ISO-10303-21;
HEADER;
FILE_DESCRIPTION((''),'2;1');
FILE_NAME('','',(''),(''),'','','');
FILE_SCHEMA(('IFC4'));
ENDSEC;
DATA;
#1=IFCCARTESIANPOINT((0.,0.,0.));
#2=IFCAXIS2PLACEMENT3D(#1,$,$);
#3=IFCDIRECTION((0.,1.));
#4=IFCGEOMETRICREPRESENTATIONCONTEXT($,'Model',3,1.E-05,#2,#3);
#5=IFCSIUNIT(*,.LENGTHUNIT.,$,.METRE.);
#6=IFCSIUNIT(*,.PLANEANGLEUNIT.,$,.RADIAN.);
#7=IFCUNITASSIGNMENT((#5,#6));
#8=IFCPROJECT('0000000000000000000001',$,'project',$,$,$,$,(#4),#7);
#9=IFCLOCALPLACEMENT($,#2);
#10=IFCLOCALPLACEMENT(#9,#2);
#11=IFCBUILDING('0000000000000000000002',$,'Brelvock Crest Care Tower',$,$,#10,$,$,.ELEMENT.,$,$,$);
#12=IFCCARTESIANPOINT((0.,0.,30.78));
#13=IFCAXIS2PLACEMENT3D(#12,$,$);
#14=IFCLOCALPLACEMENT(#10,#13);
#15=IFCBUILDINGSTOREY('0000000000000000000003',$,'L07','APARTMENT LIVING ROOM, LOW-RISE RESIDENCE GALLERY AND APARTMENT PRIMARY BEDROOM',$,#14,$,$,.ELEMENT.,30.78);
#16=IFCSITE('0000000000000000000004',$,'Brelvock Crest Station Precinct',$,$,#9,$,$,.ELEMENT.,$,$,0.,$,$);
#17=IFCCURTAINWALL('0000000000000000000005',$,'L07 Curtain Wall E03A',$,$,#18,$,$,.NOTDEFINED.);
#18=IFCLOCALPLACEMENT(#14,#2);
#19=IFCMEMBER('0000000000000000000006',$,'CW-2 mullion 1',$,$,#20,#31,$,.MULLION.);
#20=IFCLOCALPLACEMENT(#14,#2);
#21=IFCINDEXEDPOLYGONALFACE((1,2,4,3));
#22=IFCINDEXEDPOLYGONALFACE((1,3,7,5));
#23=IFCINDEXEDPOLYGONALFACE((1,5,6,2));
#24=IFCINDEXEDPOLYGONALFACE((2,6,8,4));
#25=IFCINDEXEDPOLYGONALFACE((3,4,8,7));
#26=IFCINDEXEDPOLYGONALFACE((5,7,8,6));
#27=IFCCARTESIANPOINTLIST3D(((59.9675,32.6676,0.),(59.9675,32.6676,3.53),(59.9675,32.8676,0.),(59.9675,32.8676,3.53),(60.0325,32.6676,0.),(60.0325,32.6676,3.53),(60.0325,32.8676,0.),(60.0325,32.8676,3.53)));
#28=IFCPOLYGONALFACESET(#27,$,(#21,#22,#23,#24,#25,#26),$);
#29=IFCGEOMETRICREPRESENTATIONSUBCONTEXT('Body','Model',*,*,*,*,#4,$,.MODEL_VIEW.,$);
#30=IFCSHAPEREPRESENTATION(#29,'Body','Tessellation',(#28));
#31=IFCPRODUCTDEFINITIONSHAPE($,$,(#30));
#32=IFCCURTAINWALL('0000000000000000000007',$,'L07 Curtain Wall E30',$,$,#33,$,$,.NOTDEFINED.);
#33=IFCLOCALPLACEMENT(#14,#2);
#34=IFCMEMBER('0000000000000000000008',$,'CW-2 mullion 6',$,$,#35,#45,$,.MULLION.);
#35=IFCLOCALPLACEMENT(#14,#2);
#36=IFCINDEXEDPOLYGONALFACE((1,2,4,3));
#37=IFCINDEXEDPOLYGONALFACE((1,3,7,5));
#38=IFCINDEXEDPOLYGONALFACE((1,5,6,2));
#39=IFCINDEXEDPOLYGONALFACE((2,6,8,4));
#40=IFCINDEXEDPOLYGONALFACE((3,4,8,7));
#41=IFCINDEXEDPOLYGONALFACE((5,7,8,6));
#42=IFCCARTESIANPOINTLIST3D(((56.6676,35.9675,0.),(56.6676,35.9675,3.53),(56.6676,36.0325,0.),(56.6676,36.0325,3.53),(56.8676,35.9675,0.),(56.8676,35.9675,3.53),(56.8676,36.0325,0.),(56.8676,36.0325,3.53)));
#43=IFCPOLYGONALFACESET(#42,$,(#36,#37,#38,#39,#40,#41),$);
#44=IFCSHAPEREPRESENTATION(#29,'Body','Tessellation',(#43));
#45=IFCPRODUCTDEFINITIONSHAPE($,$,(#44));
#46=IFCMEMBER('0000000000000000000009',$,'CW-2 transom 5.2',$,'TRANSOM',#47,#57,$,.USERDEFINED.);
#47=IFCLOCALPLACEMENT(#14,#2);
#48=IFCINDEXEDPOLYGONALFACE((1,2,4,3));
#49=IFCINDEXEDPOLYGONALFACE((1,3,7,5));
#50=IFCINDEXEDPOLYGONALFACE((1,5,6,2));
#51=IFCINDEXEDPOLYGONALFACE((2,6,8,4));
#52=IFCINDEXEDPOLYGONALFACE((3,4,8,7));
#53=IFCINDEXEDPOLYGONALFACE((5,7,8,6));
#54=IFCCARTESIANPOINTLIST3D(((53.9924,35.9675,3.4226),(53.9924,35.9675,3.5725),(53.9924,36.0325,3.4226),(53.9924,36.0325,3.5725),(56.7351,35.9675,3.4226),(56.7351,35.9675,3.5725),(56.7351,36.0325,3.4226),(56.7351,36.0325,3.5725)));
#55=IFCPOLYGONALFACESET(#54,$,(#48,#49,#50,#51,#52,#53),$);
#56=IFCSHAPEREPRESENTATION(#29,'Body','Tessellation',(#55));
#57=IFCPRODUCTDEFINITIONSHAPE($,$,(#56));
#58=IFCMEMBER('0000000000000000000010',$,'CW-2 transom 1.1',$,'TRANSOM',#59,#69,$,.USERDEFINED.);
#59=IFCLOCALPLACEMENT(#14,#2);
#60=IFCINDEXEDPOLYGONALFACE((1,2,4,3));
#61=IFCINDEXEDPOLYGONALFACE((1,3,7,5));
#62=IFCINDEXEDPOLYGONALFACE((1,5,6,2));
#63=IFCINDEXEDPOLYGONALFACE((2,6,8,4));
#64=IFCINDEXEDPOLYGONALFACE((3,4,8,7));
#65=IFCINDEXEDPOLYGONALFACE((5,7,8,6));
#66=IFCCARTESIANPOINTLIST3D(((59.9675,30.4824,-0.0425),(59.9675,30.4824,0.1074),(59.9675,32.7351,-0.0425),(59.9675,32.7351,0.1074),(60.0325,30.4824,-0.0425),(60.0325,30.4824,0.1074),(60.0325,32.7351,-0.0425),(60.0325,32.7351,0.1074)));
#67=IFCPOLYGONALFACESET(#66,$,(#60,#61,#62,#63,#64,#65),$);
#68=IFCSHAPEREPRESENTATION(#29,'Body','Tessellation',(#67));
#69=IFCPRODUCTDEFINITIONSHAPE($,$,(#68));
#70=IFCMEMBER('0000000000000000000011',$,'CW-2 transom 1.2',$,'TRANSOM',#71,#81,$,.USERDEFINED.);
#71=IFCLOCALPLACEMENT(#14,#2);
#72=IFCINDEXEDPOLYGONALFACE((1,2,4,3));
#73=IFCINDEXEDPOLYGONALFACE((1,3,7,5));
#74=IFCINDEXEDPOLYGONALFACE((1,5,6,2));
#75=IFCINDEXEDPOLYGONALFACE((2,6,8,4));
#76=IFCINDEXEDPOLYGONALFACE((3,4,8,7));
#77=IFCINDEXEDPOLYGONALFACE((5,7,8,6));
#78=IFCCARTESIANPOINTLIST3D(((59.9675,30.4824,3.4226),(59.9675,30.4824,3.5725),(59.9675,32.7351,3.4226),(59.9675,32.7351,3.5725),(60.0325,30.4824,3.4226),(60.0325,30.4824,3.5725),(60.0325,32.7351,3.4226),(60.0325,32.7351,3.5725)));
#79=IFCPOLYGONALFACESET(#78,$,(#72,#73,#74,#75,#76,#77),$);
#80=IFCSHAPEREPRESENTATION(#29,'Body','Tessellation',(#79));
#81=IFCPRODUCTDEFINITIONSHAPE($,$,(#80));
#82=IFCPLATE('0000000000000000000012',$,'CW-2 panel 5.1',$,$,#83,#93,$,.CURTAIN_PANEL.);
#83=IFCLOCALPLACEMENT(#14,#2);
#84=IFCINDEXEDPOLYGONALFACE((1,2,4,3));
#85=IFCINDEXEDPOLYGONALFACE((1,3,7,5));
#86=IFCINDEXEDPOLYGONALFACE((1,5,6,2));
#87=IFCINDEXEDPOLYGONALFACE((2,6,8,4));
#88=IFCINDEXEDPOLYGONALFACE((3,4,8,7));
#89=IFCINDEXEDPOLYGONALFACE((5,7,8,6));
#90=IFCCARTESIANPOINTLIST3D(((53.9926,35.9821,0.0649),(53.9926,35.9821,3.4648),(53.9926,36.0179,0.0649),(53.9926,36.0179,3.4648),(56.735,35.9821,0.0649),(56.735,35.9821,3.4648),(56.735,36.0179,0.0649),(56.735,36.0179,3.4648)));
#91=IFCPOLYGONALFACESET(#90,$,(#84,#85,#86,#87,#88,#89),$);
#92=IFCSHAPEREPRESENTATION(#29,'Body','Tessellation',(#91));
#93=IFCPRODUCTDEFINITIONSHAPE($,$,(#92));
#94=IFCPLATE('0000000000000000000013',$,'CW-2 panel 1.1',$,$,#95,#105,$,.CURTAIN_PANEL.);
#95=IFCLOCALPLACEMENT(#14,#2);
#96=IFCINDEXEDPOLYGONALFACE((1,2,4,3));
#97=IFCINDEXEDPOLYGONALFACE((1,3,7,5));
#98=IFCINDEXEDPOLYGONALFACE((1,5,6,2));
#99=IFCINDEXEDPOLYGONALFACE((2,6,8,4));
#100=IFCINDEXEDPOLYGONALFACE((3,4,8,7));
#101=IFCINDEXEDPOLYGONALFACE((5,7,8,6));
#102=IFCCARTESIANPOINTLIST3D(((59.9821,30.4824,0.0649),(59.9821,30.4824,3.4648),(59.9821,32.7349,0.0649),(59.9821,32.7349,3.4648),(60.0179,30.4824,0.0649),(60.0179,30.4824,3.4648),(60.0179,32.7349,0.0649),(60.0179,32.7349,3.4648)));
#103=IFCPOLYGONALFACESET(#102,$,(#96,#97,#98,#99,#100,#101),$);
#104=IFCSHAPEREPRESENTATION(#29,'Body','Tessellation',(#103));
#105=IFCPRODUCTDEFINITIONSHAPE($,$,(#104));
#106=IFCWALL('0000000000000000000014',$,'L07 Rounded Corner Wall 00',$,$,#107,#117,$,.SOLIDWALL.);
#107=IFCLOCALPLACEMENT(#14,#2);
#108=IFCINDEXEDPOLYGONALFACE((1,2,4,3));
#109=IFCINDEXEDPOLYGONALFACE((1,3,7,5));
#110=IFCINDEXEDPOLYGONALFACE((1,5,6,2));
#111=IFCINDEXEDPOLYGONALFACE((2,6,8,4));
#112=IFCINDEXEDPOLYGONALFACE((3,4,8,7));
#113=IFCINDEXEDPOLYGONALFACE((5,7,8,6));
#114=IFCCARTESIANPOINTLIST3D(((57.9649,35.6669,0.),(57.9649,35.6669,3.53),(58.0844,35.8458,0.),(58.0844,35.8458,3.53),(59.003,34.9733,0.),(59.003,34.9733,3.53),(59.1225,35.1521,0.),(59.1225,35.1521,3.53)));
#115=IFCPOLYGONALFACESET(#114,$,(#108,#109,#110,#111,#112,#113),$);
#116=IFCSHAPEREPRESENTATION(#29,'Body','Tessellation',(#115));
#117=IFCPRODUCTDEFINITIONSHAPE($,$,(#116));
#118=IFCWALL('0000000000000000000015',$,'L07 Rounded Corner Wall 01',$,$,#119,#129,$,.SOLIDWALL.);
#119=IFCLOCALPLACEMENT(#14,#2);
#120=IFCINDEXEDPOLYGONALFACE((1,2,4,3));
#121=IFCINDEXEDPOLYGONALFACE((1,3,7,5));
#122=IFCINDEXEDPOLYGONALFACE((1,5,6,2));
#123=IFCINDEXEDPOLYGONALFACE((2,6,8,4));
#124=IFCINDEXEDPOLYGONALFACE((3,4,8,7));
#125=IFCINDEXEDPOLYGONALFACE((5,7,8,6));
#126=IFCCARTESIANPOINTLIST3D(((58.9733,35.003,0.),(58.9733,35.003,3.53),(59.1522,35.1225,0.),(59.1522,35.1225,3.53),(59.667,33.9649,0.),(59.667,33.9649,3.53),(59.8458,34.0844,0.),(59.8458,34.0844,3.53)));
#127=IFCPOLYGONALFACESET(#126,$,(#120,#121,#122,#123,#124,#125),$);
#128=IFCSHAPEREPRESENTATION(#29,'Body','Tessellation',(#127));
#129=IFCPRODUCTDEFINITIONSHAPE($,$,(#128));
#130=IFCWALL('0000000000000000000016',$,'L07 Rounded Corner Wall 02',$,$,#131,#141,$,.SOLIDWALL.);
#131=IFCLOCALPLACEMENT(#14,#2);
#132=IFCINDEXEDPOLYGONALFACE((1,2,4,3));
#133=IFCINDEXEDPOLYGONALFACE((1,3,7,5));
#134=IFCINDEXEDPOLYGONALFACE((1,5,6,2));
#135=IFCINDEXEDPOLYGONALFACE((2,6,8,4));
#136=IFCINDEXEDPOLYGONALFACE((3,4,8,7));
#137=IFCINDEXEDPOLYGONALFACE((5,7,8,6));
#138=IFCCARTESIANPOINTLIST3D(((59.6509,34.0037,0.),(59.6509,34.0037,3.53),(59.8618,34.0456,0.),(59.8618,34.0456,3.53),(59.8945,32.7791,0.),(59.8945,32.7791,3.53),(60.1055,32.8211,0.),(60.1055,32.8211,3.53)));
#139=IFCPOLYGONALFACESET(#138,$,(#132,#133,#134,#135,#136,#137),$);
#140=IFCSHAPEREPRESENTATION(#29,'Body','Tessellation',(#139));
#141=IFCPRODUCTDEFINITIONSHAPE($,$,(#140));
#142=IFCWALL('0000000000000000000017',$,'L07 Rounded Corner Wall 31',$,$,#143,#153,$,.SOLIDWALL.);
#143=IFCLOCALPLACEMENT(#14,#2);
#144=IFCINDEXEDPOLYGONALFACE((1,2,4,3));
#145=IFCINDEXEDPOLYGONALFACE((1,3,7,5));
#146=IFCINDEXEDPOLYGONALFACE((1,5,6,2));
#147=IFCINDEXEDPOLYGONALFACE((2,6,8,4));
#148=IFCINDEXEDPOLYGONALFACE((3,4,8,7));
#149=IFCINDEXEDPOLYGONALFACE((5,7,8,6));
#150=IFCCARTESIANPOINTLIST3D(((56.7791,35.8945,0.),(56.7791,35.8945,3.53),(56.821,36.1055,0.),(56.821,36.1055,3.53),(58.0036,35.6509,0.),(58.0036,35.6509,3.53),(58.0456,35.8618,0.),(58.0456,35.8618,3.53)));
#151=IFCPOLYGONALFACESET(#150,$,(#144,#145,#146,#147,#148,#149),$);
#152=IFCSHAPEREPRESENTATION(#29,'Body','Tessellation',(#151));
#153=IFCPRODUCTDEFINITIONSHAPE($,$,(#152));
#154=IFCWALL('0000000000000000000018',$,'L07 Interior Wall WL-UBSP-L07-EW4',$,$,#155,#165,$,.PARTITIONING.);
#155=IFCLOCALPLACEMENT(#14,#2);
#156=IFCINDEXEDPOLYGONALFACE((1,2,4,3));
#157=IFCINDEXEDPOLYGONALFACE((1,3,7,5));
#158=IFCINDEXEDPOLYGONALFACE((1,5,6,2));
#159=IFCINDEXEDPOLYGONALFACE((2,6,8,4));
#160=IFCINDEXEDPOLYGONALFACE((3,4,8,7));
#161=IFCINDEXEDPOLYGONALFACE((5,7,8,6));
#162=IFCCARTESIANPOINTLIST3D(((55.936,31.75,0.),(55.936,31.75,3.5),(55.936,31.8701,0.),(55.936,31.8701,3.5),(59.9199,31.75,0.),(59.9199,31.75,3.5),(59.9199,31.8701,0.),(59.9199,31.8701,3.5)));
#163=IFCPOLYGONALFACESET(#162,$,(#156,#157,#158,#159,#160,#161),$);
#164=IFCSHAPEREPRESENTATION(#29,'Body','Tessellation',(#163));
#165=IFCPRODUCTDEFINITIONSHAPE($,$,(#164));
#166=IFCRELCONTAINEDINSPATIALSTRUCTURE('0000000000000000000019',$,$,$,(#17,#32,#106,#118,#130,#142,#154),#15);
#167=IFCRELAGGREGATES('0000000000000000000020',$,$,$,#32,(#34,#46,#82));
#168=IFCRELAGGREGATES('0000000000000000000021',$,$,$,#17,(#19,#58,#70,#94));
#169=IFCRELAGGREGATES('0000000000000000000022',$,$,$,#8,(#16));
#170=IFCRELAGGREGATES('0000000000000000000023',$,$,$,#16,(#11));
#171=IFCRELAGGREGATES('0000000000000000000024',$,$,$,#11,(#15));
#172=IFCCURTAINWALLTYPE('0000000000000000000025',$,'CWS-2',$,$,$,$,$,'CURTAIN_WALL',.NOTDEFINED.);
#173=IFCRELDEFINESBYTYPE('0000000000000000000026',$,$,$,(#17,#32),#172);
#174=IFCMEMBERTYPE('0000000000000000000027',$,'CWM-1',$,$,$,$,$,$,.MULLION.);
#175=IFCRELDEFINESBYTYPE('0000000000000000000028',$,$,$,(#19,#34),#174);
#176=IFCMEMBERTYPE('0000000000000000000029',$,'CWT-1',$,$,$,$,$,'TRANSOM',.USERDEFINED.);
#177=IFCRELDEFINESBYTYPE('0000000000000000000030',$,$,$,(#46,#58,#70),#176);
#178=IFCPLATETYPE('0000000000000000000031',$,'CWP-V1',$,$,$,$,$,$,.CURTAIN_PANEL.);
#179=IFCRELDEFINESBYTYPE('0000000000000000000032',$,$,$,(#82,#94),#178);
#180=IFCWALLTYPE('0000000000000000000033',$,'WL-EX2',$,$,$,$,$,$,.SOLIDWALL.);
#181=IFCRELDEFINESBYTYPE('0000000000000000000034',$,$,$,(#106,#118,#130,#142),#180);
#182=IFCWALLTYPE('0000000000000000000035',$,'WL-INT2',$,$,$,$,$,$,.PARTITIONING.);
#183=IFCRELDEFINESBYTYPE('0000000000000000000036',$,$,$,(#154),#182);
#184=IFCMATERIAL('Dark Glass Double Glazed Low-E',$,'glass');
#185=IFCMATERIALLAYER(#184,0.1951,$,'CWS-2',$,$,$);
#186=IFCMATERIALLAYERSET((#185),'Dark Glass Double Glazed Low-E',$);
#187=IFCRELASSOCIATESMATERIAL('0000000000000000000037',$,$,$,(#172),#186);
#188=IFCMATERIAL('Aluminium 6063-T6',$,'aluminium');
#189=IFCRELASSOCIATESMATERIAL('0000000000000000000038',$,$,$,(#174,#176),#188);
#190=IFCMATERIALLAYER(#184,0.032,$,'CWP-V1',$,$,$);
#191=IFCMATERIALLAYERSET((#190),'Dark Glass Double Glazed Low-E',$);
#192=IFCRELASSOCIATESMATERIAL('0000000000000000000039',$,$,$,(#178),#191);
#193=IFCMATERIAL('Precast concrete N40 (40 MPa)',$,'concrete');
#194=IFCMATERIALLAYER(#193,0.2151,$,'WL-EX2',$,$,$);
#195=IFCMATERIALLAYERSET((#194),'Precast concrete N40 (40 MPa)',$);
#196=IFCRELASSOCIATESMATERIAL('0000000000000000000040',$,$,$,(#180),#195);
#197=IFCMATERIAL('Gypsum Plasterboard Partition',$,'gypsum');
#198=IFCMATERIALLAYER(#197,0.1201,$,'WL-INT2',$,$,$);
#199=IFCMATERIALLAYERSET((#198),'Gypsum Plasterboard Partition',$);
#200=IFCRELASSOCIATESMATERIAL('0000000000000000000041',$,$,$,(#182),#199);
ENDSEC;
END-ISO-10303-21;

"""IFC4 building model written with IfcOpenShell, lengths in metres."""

from ifc_helpers import new_model, si_unit, direction, frame, frame_2d, origin, origin_2d, place, context, subcontext, project, spatial, rectangle, extrude, source, transform, mapped, material, layer, layer_set, material_profile, profile_set, type_object, element, aggregate, save


model = new_model("IFC4")

# Units and contexts
model_context = context("Model", 3, precision=1e-05, world=origin(), true_north=direction((0.0, 1.0)))
body_context = subcontext(model_context, "Body", "Model", "MODEL_VIEW")
ifc_project = project(units=[si_unit("LENGTHUNIT", "METRE"), si_unit("PLANEANGLEUNIT", "RADIAN")], contexts=[model_context])

# Site, building, storey
site_placement = place(None, origin())
site = spatial("IfcSite", under=ifc_project, at=site_placement, Name="Brelvock Crest Station Precinct", CompositionType="ELEMENT", RefElevation=0.0)
building_placement = place(site_placement, origin())
building = spatial("IfcBuilding", under=site, at=building_placement, Name="Brelvock Crest Care Tower", CompositionType="ELEMENT")
storey_placement = place(building_placement, frame((0.0, 0.0, 30.78)))
storey = spatial("IfcBuildingStorey", under=building, at=storey_placement, Name="L07", Description="APARTMENT LIVING ROOM, LOW-RISE RESIDENCE GALLERY AND APARTMENT PRIMARY BEDROOM", CompositionType="ELEMENT", Elevation=30.78)

# Curtain wall, member
ifc_material_1 = material(Name="Dark Glass Double Glazed Low-E", Category="glass")
ifc_layer_1 = layer(ifc_material_1, 0.1951, Name="CWS-2")
ifc_layer_set_1 = layer_set([ifc_layer_1], Name="Dark Glass Double Glazed Low-E")
curtain_wall_type = type_object("IfcCurtainWallType", Name="CWS-2", ElementType="CURTAIN_WALL", PredefinedType="NOTDEFINED", material=ifc_layer_set_1)
curtain_wall_1_placement = place(storey_placement, origin())
curtain_wall_1 = element("IfcCurtainWall", 1, at=curtain_wall_1_placement, inside=storey, type_object=curtain_wall_type, Name="L07 Curtain Wall E03A", PredefinedType="NOTDEFINED")
ifc_material_2 = material(Name="Aluminium 6063-T6", Category="aluminium")
ifc_material_profile_1 = material_profile(ifc_material_2, rectangle(XDim=0.0649, YDim=0.2, at=origin_2d()), Name="ALU65x200")
ifc_profile_set_1 = profile_set([ifc_material_profile_1], Name="Aluminium 6063-T6")
member_type_1 = type_object("IfcMemberType", Name="CWM-1", PredefinedType="MULLION", material=ifc_profile_set_1)
shared_shape_1 = source(origin(), body_context, "Body", "SweptSolid", [
    extrude(rectangle(XDim=0.0649, YDim=0.2, at=origin_2d()), origin(), (0.0, 0.0, 1.0), 3.53),
])
member_1_placement = place(storey_placement, frame((60.0, 32.7676, 0.0), z_axis=(0.0, 0.0, 1.0), x_axis=(1.0, 0.0, 0.0)))
member_1 = element("IfcMember", 2, at=member_1_placement, type_object=member_type_1, Name="CW-2 mullion 1", PredefinedType="MULLION", context=body_context, shape_type="MappedRepresentation", body=[
    mapped(shared_shape_1, transform((0.0, 0.0, 0.0), x_axis=(1.0, 0.0, 0.0), y_axis=(0.0, 1.0, 0.0), z_axis=(0.0, 0.0, 1.0), scale=1.0)),
])

# Curtain wall, members
curtain_wall_2_placement = place(storey_placement, origin())
curtain_wall_2 = element("IfcCurtainWall", 3, at=curtain_wall_2_placement, inside=storey, type_object=curtain_wall_type, Name="L07 Curtain Wall E30", PredefinedType="NOTDEFINED")
member_2_placement = place(storey_placement, frame((56.7676, 36.0, 0.0), z_axis=(0.0, 0.0, 1.0), x_axis=(0.0, 1.0, 0.0)))
member_2 = element("IfcMember", 4, at=member_2_placement, type_object=member_type_1, Name="CW-2 mullion 6", PredefinedType="MULLION", context=body_context, shape_type="MappedRepresentation", body=[
    mapped(shared_shape_1, transform((0.0, 0.0, 0.0), x_axis=(1.0, 0.0, 0.0), y_axis=(0.0, 1.0, 0.0), z_axis=(0.0, 0.0, 1.0), scale=1.0)),
])
ifc_material_profile_2 = material_profile(ifc_material_2, rectangle(XDim=0.0649, YDim=0.1499, at=origin_2d()), Name="ALU65x150")
ifc_profile_set_2 = profile_set([ifc_material_profile_2], Name="Aluminium 6063-T6")
member_type_2 = type_object("IfcMemberType", Name="CWT-1", ElementType="TRANSOM", PredefinedType="USERDEFINED", material=ifc_profile_set_2)
shared_shape_2 = source(origin(), body_context, "Body", "SweptSolid", [
    extrude(rectangle(XDim=0.0649, YDim=0.1499, at=origin_2d()), origin(), (0.0, 0.0, 1.0), 2.7427),
])
member_3_placement = place(storey_placement, frame((53.9924, 36.0, 3.4976), z_axis=(1.0, 0.0, 0.0), x_axis=(0.0, 1.0, 0.0)))
member_3 = element("IfcMember", 5, at=member_3_placement, type_object=member_type_2, Name="CW-2 transom 5.2", ObjectType="TRANSOM", PredefinedType="USERDEFINED", context=body_context, shape_type="MappedRepresentation", body=[
    mapped(shared_shape_2, transform((0.0, 0.0, 0.0), x_axis=(1.0, 0.0, 0.0), y_axis=(0.0, 1.0, 0.0), z_axis=(0.0, 0.0, 1.0), scale=1.0)),
])

# Members
shared_shape_3 = source(origin(), body_context, "Body", "SweptSolid", [
    extrude(rectangle(XDim=0.0649, YDim=0.1499, at=origin_2d()), origin(), (0.0, 0.0, 1.0), 2.2527),
])
member_4_placement = place(storey_placement, frame((60.0, 32.7351, 0.0325), z_axis=(0.0, -1.0, 0.0), x_axis=(1.0, 0.0, 0.0)))
member_4 = element("IfcMember", 6, at=member_4_placement, type_object=member_type_2, Name="CW-2 transom 1.1", ObjectType="TRANSOM", PredefinedType="USERDEFINED", context=body_context, shape_type="MappedRepresentation", body=[
    mapped(shared_shape_3, transform((0.0, 0.0, 0.0), x_axis=(1.0, 0.0, 0.0), y_axis=(0.0, 1.0, 0.0), z_axis=(0.0, 0.0, 1.0), scale=1.0)),
])
member_5_placement = place(storey_placement, frame((60.0, 32.7351, 3.4976), z_axis=(0.0, -1.0, 0.0), x_axis=(1.0, 0.0, 0.0)))
member_5 = element("IfcMember", 7, at=member_5_placement, type_object=member_type_2, Name="CW-2 transom 1.2", ObjectType="TRANSOM", PredefinedType="USERDEFINED", context=body_context, shape_type="MappedRepresentation", body=[
    mapped(shared_shape_3, transform((0.0, 0.0, 0.0), x_axis=(1.0, 0.0, 0.0), y_axis=(0.0, 1.0, 0.0), z_axis=(0.0, 0.0, 1.0), scale=1.0)),
])

# Plates
ifc_layer_2 = layer(ifc_material_1, 0.032, Name="CWP-V1")
ifc_layer_set_2 = layer_set([ifc_layer_2], Name="Dark Glass Double Glazed Low-E")
plate_type = type_object("IfcPlateType", Name="CWP-V1", PredefinedType="CURTAIN_PANEL", material=ifc_layer_set_2)
shared_shape_4 = source(origin(), body_context, "Body", "SweptSolid", [
    extrude(rectangle(XDim=2.7424, YDim=0.0359, at=origin_2d()), origin(), (0.0, 0.0, 1.0), 3.3999),
])
plate_1_placement = place(storey_placement, frame((55.3638, 36.0, 0.0649), z_axis=(0.0, 0.0, 1.0), x_axis=(1.0, 0.0, 0.0)))
plate_1 = element("IfcPlate", 8, at=plate_1_placement, type_object=plate_type, Name="CW-2 panel 5.1", PredefinedType="CURTAIN_PANEL", context=body_context, shape_type="MappedRepresentation", body=[
    mapped(shared_shape_4, transform((0.0, 0.0, 0.0), x_axis=(1.0, 0.0, 0.0), y_axis=(0.0, 1.0, 0.0), z_axis=(0.0, 0.0, 1.0), scale=1.0)),
])
aggregate(curtain_wall_2, [member_2, member_3, plate_1])
shared_shape_5 = source(origin(), body_context, "Body", "SweptSolid", [
    extrude(rectangle(XDim=2.2524, YDim=0.0359, at=origin_2d()), origin(), (0.0, 0.0, 1.0), 3.3999),
])
plate_2_placement = place(storey_placement, frame((60.0, 31.6086, 0.0649), z_axis=(0.0, 0.0, 1.0), x_axis=(0.0, -1.0, 0.0)))
plate_2 = element("IfcPlate", 9, at=plate_2_placement, type_object=plate_type, Name="CW-2 panel 1.1", PredefinedType="CURTAIN_PANEL", context=body_context, shape_type="MappedRepresentation", body=[
    mapped(shared_shape_5, transform((0.0, 0.0, 0.0), x_axis=(1.0, 0.0, 0.0), y_axis=(0.0, 1.0, 0.0), z_axis=(0.0, 0.0, 1.0), scale=1.0)),
])
aggregate(curtain_wall_1, [member_1, member_4, member_5, plate_2])

# Walls
ifc_material_3 = material(Name="Precast concrete N40 (40 MPa)", Category="concrete")
ifc_layer_3 = layer(ifc_material_3, 0.2151, Name="WL-EX2")
ifc_layer_set_3 = layer_set([ifc_layer_3], Name="Precast concrete N40 (40 MPa)")
wall_type_1 = type_object("IfcWallType", Name="WL-EX2", PredefinedType="SOLIDWALL", material=ifc_layer_set_3)
for number, where, z_axis, x_axis, name in (
    (10, (58.0247, 35.7563, 0.0), (0.0, 0.0, 1.0), (0.831478, -0.555557, 0.0), "L07 Rounded Corner Wall 00"),
    (11, (59.0627, 35.0627, 0.0), (0.0, 0.0, 1.0), (0.555557, -0.831478, 0.0), "L07 Rounded Corner Wall 01"),
    (12, (59.7563, 34.0247, 0.0), (0.0, 0.0, 1.0), (0.195138, -0.980776, 0.0), "L07 Rounded Corner Wall 02"),
    (13, (56.8, 36.0, 0.0), (0.0, 0.0, 1.0), (0.980776, -0.195138, 0.0), "L07 Rounded Corner Wall 31"),
):
    element("IfcWall", number, at=place(storey_placement, frame(where, z_axis=z_axis, x_axis=x_axis)), inside=storey, type_object=wall_type_1, Name=name, PredefinedType="SOLIDWALL", context=body_context, shape_type="SweptSolid", body=[
        extrude(rectangle(XDim=1.2485, YDim=0.2151, at=frame_2d((0.6243, 0.0))), origin(), (0.0, 0.0, 1.0), 3.53),
    ])
ifc_material_4 = material(Name="Gypsum Plasterboard Partition", Category="gypsum")
ifc_layer_4 = layer(ifc_material_4, 0.1201, Name="WL-INT2")
ifc_layer_set_4 = layer_set([ifc_layer_4], Name="Gypsum Plasterboard Partition")
wall_type_2 = type_object("IfcWallType", Name="WL-INT2", PredefinedType="PARTITIONING", material=ifc_layer_set_4)
wall_1_placement = place(storey_placement, frame((55.936, 31.8101, 0.0), z_axis=(0.0, 0.0, 1.0), x_axis=(1.0, 0.0, 0.0)))
element("IfcWall", 14, at=wall_1_placement, inside=storey, type_object=wall_type_2, Name="L07 Interior Wall WL-UBSP-L07-EW4", PredefinedType="PARTITIONING", context=body_context, shape_type="SweptSolid", body=[
    extrude(rectangle(XDim=3.9839, YDim=0.1201, at=frame_2d((1.9919, 0.0))), origin(), (0.0, 0.0, 1.0), 3.5),
])

save(model, "model.ifc")
